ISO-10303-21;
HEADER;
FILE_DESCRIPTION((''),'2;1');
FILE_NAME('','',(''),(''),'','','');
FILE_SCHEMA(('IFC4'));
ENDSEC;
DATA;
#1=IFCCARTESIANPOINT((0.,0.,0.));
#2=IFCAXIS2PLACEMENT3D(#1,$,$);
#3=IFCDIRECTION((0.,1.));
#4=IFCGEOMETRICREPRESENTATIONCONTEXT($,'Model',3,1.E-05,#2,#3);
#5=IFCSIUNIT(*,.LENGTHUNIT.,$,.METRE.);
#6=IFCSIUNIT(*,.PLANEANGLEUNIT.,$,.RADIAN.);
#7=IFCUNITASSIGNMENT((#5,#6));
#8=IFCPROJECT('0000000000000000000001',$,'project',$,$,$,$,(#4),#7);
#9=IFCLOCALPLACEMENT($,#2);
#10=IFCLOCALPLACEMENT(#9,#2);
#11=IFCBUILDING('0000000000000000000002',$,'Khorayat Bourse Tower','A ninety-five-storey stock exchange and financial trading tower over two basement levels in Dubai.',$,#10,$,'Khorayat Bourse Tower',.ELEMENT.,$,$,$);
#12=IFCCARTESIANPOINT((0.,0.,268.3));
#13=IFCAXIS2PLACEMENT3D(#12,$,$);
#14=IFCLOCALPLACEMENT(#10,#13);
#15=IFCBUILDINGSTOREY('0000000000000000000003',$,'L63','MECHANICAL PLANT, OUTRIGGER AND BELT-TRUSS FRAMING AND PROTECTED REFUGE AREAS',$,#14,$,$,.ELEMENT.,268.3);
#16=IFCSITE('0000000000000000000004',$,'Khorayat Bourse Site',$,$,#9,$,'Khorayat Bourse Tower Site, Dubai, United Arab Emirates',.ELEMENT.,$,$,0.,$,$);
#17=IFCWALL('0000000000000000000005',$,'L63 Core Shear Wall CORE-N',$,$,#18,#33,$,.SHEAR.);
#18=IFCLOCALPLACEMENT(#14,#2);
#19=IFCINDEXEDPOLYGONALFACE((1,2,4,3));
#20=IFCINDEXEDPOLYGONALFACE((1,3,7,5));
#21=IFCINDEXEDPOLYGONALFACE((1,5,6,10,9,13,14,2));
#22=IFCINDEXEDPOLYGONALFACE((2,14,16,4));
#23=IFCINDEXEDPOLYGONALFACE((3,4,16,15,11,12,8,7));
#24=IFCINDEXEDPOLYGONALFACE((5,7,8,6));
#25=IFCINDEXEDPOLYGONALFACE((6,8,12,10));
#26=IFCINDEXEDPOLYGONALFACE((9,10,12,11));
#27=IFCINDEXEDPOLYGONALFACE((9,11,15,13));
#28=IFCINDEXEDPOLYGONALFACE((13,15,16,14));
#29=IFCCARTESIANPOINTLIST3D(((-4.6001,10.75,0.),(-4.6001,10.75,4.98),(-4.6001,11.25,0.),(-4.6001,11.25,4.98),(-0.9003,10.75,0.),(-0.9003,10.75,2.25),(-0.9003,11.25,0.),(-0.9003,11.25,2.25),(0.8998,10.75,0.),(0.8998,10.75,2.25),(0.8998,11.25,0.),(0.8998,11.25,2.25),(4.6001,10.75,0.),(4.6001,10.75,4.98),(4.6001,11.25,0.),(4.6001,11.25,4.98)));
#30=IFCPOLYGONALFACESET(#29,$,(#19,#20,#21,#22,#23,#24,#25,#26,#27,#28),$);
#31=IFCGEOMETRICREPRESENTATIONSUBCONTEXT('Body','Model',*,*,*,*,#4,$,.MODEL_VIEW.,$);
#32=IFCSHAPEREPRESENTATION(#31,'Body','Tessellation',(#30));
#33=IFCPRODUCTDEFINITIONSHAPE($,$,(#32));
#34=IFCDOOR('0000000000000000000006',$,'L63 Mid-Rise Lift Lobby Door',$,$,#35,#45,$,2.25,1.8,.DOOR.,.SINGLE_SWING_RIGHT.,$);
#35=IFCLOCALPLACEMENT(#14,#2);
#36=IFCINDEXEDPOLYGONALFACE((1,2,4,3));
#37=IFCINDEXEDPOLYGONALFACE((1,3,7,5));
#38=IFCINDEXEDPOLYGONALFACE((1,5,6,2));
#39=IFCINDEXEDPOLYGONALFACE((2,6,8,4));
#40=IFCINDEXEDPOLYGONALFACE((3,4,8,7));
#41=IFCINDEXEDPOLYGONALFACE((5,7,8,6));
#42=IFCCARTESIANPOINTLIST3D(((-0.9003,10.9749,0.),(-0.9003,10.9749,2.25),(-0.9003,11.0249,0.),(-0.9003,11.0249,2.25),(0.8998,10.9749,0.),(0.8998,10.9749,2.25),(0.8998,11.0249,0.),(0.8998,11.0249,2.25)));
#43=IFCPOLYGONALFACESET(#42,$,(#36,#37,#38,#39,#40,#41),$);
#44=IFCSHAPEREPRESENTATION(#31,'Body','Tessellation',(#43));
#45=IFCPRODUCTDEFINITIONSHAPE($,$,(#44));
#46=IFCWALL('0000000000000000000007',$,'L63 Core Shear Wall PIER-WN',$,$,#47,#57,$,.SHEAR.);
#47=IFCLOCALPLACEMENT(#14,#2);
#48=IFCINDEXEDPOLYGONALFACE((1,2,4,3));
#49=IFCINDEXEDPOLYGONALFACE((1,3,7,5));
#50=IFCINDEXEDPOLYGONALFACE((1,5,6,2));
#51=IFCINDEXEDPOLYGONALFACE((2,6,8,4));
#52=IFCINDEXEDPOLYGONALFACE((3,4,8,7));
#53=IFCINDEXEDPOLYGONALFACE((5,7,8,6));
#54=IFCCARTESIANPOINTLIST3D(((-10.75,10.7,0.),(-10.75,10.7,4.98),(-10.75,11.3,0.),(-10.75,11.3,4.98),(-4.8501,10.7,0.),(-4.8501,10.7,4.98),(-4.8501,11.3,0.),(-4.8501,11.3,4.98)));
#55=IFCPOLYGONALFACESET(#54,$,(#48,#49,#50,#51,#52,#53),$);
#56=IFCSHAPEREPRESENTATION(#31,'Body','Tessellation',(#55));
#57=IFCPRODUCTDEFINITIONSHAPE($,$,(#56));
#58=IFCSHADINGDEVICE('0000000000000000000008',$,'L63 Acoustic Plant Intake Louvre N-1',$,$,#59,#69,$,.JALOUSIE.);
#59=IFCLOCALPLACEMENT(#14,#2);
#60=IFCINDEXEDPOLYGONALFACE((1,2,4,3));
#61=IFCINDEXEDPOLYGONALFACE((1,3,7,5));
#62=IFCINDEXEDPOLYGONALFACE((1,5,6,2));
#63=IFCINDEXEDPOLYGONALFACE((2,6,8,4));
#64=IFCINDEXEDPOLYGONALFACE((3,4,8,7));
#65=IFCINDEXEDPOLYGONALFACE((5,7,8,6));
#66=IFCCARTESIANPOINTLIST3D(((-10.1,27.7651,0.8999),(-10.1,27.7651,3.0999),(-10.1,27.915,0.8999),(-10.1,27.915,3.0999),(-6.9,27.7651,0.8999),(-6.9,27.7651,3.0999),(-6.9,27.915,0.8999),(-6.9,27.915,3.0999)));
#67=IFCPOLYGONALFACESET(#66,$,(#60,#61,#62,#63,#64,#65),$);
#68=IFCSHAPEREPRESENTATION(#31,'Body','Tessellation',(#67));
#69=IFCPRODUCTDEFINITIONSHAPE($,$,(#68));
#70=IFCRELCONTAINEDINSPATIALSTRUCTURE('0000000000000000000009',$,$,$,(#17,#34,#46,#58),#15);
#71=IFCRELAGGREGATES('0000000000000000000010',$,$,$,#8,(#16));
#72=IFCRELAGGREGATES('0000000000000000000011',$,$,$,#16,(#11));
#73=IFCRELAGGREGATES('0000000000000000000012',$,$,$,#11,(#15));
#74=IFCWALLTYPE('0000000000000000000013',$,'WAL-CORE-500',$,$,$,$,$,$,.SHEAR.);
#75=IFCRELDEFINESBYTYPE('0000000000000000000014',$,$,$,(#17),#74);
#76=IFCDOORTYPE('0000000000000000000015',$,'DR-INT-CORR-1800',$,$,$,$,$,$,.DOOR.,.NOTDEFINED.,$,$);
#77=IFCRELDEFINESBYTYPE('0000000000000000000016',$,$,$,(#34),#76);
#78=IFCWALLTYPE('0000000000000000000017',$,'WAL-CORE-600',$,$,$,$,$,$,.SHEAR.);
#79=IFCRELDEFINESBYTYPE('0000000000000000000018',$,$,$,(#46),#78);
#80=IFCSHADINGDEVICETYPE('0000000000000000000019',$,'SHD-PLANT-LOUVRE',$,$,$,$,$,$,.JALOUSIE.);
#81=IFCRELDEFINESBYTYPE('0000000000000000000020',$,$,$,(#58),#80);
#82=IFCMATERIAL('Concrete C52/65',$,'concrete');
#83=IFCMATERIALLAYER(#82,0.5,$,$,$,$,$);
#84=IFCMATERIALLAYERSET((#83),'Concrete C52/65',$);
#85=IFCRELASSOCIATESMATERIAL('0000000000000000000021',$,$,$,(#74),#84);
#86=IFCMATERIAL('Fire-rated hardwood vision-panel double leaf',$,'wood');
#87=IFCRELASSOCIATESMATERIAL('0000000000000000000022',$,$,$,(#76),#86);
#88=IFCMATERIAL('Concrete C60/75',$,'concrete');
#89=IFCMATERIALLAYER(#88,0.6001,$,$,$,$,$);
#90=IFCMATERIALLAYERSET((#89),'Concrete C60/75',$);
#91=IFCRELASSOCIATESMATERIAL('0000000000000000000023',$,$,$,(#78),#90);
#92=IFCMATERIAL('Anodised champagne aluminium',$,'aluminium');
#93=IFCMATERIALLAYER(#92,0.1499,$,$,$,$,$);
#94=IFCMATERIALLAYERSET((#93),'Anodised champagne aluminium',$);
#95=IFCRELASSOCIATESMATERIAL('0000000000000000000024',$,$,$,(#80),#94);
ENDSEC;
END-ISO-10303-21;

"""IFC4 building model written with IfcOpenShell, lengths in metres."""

from ifc_helpers import new_model, si_unit, direction, frame, frame_2d, origin, origin_2d, place, context, subcontext, project, spatial, rectangle, extrude, source, transform, mapped, material, layer, layer_set, type_object, element, fill, save


model = new_model("IFC4")

# Units and contexts
model_context = context("Model", 3, precision=1e-05, world=origin(), true_north=direction((0.0, 1.0)))
body_context = subcontext(model_context, "Body", "Model", "MODEL_VIEW")
ifc_project = project(units=[si_unit("LENGTHUNIT", "METRE"), si_unit("PLANEANGLEUNIT", "RADIAN")], contexts=[model_context])

# Site, building, storey
site_placement = place(None, origin())
site = spatial("IfcSite", under=ifc_project, at=site_placement, Name="Khorayat Bourse Site", LongName="Khorayat Bourse Tower Site, Dubai, United Arab Emirates", CompositionType="ELEMENT", RefElevation=0.0)
building_placement = place(site_placement, origin())
building = spatial("IfcBuilding", under=site, at=building_placement, Name="Khorayat Bourse Tower", Description="A ninety-five-storey stock exchange and financial trading tower over two basement levels in Dubai.", LongName="Khorayat Bourse Tower", CompositionType="ELEMENT")
storey_placement = place(building_placement, frame((0.0, 0.0, 268.3)))
storey = spatial("IfcBuildingStorey", under=building, at=storey_placement, Name="L63", Description="MECHANICAL PLANT, OUTRIGGER AND BELT-TRUSS FRAMING AND PROTECTED REFUGE AREAS", CompositionType="ELEMENT", Elevation=268.3)

# Shared definitions
ifc_material_1 = material(Name="Concrete C52/65", Category="concrete")

# Shared definitions
ifc_material_2 = material(Name="Concrete C60/75", Category="concrete")

# Wall, opening, door
ifc_layer_1 = layer(ifc_material_1, 0.5)
ifc_layer_set_1 = layer_set([ifc_layer_1], Name="Concrete C52/65")
wall_type_1 = type_object("IfcWallType", Name="WAL-CORE-500", PredefinedType="SHEAR", material=ifc_layer_set_1)
shared_shape_1 = source(origin(), body_context, "Body", "SweptSolid", [
    extrude(rectangle(XDim=9.2002, YDim=0.5, at=frame_2d((4.6001, 0.0))), origin(), (0.0, 0.0, 1.0), 4.98),
])
wall_1_placement = place(storey_placement, frame((-4.6001, 11.0, 0.0), z_axis=(0.0, 0.0, 1.0), x_axis=(1.0, 0.0, 0.0)))
wall_1 = element("IfcWall", 1, at=wall_1_placement, inside=storey, type_object=wall_type_1, Name="L63 Core Shear Wall CORE-N", PredefinedType="SHEAR", context=body_context, shape_type="MappedRepresentation", body=[
    mapped(shared_shape_1, transform((0.0, 0.0, 0.0), scale=1.0)),
])
shared_shape_2 = source(origin(), body_context, "Body", "SweptSolid", [
    extrude(rectangle(XDim=1.8, YDim=2.25, at=frame_2d((0.8999, 1.125))), frame((0.0, 0.26, 0.0), z_axis=(0.0, -1.0, 0.0), x_axis=(1.0, 0.0, 0.0)), (0.0, 0.0, 1.0), 0.52),
])
opening_placement = place(wall_1_placement, frame((3.7, 0.0, 0.0)))
opening = element("IfcOpeningElement", 2, at=opening_placement, cuts=wall_1, PredefinedType="OPENING", context=body_context, shape_type="MappedRepresentation", body=[
    mapped(shared_shape_2, transform((0.0, 0.0, 0.0), scale=1.0)),
])
ifc_material_3 = material(Name="Fire-rated hardwood vision-panel double leaf", Category="wood")
door_type = type_object("IfcDoorType", Name="DR-INT-CORR-1800", OperationType="NOTDEFINED", PredefinedType="DOOR", material=ifc_material_3)
shared_shape_3 = source(origin(), body_context, "Body", "SweptSolid", [
    extrude(rectangle(XDim=1.8, YDim=2.25, at=frame_2d((0.8999, 1.125))), frame((0.0, 0.0249, 0.0), z_axis=(0.0, -1.0, 0.0), x_axis=(1.0, 0.0, 0.0)), (0.0, 0.0, 1.0), 0.05),
])
door_placement = place(opening_placement, origin())
door = element("IfcDoor", 3, at=door_placement, inside=storey, type_object=door_type, Name="L63 Mid-Rise Lift Lobby Door", OperationType="SINGLE_SWING_RIGHT", OverallHeight=2.25, OverallWidth=1.8, PredefinedType="DOOR", context=body_context, shape_type="MappedRepresentation", body=[
    mapped(shared_shape_3, transform((0.0, 0.0, 0.0), scale=1.0)),
])
fill(opening, door)

# Wall
ifc_layer_2 = layer(ifc_material_2, 0.6001)
ifc_layer_set_2 = layer_set([ifc_layer_2], Name="Concrete C60/75")
wall_type_2 = type_object("IfcWallType", Name="WAL-CORE-600", PredefinedType="SHEAR", material=ifc_layer_set_2)
shared_shape_4 = source(origin(), body_context, "Body", "SweptSolid", [
    extrude(rectangle(XDim=5.8999, YDim=0.6001, at=frame_2d((2.95, 0.0))), origin(), (0.0, 0.0, 1.0), 4.98),
])
wall_2_placement = place(storey_placement, frame((-10.75, 11.0, 0.0), z_axis=(0.0, 0.0, 1.0), x_axis=(1.0, 0.0, 0.0)))
element("IfcWall", 4, at=wall_2_placement, inside=storey, type_object=wall_type_2, Name="L63 Core Shear Wall PIER-WN", PredefinedType="SHEAR", context=body_context, shape_type="MappedRepresentation", body=[
    mapped(shared_shape_4, transform((0.0, 0.0, 0.0), scale=1.0)),
])

# Shading device
ifc_material_4 = material(Name="Anodised champagne aluminium", Category="aluminium")
ifc_layer_3 = layer(ifc_material_4, 0.1499)
ifc_layer_set_3 = layer_set([ifc_layer_3], Name="Anodised champagne aluminium")
shading_device_type = type_object("IfcShadingDeviceType", Name="SHD-PLANT-LOUVRE", PredefinedType="JALOUSIE", material=ifc_layer_set_3)
shared_shape_5 = source(origin(), body_context, "Body", "SweptSolid", [
    extrude(rectangle(XDim=3.2, YDim=0.1499, at=origin_2d()), origin(), (0.0, 0.0, 1.0), 2.2),
])
shading_device_placement = place(storey_placement, frame((-8.5, 27.8401, 0.8999), z_axis=(0.0, 0.0, 1.0), x_axis=(1.0, 0.0, 0.0)))
element("IfcShadingDevice", 5, at=shading_device_placement, inside=storey, type_object=shading_device_type, Name="L63 Acoustic Plant Intake Louvre N-1", PredefinedType="JALOUSIE", context=body_context, shape_type="MappedRepresentation", body=[
    mapped(shared_shape_5, transform((0.0, 0.0, 0.0), scale=1.0)),
])

save(model, "model.ifc")
